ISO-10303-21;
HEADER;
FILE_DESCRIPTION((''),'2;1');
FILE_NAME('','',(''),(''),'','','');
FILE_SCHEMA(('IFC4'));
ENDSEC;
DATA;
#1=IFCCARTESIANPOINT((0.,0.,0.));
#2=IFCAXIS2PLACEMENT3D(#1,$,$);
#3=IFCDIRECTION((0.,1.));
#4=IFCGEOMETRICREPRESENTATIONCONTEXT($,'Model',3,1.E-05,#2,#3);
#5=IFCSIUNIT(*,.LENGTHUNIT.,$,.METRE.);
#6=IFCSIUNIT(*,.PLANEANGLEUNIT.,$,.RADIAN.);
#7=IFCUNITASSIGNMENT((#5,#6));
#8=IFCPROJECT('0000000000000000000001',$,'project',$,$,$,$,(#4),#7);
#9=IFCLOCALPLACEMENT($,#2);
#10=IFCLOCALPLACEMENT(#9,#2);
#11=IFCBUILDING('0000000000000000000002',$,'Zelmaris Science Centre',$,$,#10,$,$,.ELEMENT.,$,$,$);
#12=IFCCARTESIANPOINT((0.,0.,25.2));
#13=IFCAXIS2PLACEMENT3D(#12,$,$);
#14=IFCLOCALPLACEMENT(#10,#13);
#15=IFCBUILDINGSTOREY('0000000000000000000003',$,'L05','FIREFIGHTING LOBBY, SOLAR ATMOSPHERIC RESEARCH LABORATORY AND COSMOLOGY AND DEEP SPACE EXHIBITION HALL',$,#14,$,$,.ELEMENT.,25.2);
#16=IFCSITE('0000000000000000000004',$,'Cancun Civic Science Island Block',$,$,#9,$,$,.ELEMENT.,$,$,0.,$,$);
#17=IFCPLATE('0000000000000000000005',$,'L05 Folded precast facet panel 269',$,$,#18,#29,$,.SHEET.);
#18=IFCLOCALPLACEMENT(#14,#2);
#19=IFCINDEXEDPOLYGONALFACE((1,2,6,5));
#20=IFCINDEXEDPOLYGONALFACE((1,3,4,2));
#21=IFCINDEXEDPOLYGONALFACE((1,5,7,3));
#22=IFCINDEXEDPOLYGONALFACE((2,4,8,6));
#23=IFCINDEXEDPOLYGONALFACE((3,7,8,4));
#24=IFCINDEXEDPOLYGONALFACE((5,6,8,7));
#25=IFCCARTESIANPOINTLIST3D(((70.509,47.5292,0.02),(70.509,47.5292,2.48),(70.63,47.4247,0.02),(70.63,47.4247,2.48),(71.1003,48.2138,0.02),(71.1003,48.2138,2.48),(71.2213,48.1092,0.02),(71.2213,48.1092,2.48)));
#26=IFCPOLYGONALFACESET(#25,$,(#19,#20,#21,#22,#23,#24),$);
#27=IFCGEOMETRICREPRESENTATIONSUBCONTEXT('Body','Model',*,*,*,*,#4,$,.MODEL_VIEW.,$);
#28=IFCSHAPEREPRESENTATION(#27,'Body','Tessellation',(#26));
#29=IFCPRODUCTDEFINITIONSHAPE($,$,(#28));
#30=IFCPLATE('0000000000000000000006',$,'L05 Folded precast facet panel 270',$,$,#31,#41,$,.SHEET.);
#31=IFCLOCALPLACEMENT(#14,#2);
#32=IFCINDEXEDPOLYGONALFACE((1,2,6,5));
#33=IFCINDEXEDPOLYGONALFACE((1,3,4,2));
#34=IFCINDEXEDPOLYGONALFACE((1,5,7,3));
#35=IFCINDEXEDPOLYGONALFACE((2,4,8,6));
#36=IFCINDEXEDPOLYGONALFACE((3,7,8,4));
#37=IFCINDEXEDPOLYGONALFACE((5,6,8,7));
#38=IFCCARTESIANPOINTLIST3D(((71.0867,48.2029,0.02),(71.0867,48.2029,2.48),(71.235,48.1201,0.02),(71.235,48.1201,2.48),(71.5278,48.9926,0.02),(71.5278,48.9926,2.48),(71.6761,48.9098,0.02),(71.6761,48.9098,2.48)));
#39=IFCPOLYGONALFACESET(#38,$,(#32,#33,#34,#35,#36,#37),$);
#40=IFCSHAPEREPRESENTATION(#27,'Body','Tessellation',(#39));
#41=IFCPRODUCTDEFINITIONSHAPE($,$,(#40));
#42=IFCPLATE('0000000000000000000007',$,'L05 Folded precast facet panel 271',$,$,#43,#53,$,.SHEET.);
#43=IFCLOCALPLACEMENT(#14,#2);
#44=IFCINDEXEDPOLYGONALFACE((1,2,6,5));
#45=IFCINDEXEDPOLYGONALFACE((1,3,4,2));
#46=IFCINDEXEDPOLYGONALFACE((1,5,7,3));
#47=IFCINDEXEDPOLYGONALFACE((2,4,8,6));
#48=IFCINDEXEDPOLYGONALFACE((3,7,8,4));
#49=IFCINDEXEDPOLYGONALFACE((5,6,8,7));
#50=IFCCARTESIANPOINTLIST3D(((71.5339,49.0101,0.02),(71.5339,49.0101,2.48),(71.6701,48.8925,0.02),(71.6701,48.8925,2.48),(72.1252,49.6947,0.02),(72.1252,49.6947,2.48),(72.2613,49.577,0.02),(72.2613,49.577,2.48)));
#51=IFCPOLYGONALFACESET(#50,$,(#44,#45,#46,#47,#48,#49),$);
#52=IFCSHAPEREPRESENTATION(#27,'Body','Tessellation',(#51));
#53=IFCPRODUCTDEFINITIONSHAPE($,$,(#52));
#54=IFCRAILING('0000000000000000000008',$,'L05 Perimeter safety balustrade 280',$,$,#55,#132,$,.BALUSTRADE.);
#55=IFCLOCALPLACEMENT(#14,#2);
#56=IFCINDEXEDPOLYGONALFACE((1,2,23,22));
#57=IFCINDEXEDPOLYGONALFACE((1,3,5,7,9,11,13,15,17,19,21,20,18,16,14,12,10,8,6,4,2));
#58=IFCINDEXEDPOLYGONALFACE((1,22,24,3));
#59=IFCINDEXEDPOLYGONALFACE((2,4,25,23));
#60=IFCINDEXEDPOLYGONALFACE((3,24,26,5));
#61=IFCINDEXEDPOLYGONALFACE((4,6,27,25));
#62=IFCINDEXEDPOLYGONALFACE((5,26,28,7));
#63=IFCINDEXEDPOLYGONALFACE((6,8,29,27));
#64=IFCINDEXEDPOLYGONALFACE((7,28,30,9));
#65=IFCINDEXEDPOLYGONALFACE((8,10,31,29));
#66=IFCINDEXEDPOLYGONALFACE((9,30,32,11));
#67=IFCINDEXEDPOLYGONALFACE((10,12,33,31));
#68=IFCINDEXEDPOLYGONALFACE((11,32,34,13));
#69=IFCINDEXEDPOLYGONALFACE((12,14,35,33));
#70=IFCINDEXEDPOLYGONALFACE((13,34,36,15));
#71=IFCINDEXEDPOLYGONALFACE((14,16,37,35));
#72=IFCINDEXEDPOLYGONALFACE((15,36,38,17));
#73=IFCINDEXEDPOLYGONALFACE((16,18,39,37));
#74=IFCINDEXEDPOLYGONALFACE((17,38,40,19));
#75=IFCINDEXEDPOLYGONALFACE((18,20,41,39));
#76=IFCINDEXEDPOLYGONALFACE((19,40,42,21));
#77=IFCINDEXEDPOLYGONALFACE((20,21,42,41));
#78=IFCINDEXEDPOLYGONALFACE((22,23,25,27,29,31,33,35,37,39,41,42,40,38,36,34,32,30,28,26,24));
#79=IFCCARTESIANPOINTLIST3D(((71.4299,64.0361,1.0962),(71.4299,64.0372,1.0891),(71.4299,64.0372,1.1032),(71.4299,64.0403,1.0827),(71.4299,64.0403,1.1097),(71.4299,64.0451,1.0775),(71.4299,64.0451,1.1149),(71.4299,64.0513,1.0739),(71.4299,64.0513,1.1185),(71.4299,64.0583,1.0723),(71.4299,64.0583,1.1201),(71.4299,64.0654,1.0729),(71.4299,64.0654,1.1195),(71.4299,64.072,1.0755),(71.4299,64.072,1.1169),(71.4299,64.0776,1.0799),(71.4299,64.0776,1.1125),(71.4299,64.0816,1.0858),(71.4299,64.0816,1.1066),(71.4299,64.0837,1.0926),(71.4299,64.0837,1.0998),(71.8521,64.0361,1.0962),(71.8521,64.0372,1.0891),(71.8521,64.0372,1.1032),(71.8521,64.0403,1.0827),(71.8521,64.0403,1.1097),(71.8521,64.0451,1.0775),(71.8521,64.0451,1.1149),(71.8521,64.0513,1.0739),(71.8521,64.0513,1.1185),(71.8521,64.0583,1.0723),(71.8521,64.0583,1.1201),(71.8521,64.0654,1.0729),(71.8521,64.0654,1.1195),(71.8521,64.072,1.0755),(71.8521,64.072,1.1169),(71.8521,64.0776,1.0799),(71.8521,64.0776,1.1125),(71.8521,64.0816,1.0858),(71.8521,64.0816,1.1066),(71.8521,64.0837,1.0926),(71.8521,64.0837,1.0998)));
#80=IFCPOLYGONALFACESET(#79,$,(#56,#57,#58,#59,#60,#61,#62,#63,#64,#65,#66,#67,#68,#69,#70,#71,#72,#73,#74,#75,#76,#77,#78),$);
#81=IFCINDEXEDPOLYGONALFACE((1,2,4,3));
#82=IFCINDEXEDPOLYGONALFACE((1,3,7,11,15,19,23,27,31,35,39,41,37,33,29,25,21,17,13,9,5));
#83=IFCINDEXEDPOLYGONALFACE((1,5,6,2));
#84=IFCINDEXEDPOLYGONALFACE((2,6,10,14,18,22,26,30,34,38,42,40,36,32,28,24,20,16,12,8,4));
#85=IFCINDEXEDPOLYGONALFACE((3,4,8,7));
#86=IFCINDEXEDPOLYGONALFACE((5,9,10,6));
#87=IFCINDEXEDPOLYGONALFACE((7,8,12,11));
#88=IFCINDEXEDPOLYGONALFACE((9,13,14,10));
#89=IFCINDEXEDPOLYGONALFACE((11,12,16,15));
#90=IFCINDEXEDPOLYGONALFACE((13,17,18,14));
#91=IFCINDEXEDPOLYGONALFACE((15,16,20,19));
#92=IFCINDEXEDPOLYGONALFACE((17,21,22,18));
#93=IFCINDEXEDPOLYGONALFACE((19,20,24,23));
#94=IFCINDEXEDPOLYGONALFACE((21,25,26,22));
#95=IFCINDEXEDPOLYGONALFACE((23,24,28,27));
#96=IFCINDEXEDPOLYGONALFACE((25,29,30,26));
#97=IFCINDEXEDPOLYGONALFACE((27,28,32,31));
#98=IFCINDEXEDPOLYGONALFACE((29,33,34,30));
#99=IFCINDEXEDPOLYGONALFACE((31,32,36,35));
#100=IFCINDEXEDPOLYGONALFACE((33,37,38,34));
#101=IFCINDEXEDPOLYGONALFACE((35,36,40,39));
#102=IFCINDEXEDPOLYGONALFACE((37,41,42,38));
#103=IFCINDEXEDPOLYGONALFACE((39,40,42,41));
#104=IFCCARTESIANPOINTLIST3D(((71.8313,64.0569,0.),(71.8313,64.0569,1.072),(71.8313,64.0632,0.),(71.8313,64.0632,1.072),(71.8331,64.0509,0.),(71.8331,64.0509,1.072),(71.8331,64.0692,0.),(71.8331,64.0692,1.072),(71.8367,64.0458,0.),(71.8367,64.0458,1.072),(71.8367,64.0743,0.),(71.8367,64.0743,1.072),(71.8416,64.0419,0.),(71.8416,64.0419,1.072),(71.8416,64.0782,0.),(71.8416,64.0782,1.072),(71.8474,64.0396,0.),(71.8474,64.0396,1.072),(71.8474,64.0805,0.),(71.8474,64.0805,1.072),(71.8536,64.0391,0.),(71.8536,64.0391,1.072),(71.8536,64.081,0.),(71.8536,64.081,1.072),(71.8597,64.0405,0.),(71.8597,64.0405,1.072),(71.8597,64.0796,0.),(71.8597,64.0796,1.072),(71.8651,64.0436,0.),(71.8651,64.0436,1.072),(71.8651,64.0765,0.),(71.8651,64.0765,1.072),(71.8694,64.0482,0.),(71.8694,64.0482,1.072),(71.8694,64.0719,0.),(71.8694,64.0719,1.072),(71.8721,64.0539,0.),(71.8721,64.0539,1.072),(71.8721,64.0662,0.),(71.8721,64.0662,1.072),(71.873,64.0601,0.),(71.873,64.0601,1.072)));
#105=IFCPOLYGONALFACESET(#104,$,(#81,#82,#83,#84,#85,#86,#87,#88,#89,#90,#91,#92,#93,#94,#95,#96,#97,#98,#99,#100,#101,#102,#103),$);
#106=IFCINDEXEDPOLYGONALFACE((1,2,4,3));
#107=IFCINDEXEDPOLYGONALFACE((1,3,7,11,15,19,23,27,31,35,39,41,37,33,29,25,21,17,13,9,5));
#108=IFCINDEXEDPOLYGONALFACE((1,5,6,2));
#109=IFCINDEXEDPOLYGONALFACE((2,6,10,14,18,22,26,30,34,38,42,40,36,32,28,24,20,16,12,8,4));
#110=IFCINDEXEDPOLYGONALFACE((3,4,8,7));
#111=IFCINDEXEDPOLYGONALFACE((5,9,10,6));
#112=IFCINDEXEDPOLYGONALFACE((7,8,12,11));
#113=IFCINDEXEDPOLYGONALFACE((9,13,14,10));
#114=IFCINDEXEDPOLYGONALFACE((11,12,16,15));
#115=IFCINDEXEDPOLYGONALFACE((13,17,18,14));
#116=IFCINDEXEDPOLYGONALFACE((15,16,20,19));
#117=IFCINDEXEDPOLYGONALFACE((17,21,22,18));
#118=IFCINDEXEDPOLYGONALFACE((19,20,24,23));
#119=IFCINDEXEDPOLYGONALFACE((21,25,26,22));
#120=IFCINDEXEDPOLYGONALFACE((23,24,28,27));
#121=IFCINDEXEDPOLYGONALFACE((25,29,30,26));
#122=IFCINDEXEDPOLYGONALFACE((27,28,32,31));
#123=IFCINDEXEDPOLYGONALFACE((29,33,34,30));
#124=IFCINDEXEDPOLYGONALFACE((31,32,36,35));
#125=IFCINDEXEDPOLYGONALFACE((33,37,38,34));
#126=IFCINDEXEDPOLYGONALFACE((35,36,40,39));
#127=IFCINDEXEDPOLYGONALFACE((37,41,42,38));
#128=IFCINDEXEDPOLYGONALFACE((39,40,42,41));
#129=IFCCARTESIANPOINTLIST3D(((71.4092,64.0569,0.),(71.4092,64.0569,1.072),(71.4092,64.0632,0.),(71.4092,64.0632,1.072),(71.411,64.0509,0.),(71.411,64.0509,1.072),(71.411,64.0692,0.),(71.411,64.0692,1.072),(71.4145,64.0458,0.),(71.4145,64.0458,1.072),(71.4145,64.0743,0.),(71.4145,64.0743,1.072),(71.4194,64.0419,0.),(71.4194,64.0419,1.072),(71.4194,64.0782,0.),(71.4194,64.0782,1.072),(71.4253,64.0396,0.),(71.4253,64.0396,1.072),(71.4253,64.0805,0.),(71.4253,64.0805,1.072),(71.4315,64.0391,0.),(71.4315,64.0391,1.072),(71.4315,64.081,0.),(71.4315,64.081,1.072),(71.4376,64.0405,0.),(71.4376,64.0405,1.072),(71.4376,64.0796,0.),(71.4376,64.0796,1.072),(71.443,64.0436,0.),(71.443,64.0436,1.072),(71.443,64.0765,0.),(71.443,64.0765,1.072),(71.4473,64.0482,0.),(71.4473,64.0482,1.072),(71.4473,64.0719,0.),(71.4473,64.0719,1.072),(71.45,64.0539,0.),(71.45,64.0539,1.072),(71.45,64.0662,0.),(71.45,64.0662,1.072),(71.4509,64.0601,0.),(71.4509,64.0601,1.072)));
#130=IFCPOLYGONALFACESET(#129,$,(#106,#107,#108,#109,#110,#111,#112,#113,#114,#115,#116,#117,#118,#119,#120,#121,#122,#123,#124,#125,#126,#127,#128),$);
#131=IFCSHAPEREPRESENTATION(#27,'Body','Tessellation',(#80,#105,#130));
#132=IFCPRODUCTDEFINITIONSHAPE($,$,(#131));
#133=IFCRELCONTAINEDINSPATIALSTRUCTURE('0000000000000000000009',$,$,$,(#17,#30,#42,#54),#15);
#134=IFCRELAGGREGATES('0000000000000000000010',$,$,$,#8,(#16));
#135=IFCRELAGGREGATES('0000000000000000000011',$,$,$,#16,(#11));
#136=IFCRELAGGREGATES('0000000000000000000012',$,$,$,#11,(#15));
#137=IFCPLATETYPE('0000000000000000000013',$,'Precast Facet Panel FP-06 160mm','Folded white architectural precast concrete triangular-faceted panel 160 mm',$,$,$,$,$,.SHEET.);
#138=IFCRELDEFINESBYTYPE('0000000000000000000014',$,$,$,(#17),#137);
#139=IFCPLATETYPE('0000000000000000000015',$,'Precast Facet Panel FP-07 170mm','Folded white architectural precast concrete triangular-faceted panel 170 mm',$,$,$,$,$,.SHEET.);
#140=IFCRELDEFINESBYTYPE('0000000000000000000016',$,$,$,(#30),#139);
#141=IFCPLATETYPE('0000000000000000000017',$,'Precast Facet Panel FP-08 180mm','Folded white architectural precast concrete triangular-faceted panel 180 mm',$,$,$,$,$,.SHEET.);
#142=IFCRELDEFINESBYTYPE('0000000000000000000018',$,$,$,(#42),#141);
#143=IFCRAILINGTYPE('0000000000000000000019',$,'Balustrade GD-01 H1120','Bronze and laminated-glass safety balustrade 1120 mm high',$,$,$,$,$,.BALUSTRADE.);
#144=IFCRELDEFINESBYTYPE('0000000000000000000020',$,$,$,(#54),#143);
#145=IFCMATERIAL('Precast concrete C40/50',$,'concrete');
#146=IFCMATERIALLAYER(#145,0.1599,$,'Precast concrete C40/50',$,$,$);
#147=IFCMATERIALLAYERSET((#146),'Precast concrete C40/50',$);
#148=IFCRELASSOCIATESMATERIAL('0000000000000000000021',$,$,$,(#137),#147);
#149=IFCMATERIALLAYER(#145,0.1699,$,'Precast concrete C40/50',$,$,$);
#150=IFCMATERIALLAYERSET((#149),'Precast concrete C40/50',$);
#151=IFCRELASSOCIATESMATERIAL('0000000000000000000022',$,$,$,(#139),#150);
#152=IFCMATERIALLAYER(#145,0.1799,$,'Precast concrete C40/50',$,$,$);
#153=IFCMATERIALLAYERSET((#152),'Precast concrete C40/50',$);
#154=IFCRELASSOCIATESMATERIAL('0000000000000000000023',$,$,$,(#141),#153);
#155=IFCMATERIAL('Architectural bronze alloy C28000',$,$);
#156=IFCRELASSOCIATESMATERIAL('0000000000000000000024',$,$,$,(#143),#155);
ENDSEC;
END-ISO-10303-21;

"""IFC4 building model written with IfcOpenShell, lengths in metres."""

from ifc_helpers import new_model, si_unit, direction, frame, frame_2d, origin, origin_2d, place, context, subcontext, project, spatial, rectangle, circle, extrude, material, layer, layer_set, type_object, element, save


model = new_model("IFC4")

# Units and contexts
model_context = context("Model", 3, precision=1e-05, world=origin(), true_north=direction((0.0, 1.0)))
body_context = subcontext(model_context, "Body", "Model", "MODEL_VIEW")
ifc_project = project(units=[si_unit("LENGTHUNIT", "METRE"), si_unit("PLANEANGLEUNIT", "RADIAN")], contexts=[model_context])

# Site, building, storey
site_placement = place(None, origin())
site = spatial("IfcSite", under=ifc_project, at=site_placement, Name="Cancun Civic Science Island Block", CompositionType="ELEMENT", RefElevation=0.0)
building_placement = place(site_placement, origin())
building = spatial("IfcBuilding", under=site, at=building_placement, Name="Zelmaris Science Centre", CompositionType="ELEMENT")
storey_placement = place(building_placement, frame((0.0, 0.0, 25.2)))
storey = spatial("IfcBuildingStorey", under=building, at=storey_placement, Name="L05", Description="FIREFIGHTING LOBBY, SOLAR ATMOSPHERIC RESEARCH LABORATORY AND COSMOLOGY AND DEEP SPACE EXHIBITION HALL", CompositionType="ELEMENT", Elevation=25.2)

# Plates
ifc_material_1 = material(Name="Precast concrete C40/50", Category="concrete")
ifc_layer_1 = layer(ifc_material_1, 0.1599, Name="Precast concrete C40/50")
ifc_layer_set_1 = layer_set([ifc_layer_1], Name="Precast concrete C40/50")
plate_type_1 = type_object("IfcPlateType", Name="Precast Facet Panel FP-06 160mm", Description="Folded white architectural precast concrete triangular-faceted panel 160 mm", PredefinedType="SHEET", material=ifc_layer_set_1)
plate_1_placement = place(storey_placement, frame((70.5696, 47.4771, 0.02), z_axis=(0.0, 0.0, 1.0), x_axis=(0.653676, 0.756774, 0.0)))
element("IfcPlate", 1, at=plate_1_placement, inside=storey, type_object=plate_type_1, Name="L05 Folded precast facet panel 269", PredefinedType="SHEET", context=body_context, shape_type="SweptSolid", body=[
    extrude(rectangle(XDim=0.9045, YDim=0.1599, at=frame_2d((0.4521, 0.0))), origin(), (0.0, 0.0, 1.0), 2.46),
])
ifc_layer_2 = layer(ifc_material_1, 0.1699, Name="Precast concrete C40/50")
ifc_layer_set_2 = layer_set([ifc_layer_2], Name="Precast concrete C40/50")
plate_type_2 = type_object("IfcPlateType", Name="Precast Facet Panel FP-07 170mm", Description="Folded white architectural precast concrete triangular-faceted panel 170 mm", PredefinedType="SHEET", material=ifc_layer_set_2)
plate_2_placement = place(storey_placement, frame((71.1609, 48.1616, 0.02), z_axis=(0.0, 0.0, 1.0), x_axis=(0.487658, 0.873035, 0.0)))
element("IfcPlate", 2, at=plate_2_placement, inside=storey, type_object=plate_type_2, Name="L05 Folded precast facet panel 270", PredefinedType="SHEET", context=body_context, shape_type="SweptSolid", body=[
    extrude(rectangle(XDim=0.9045, YDim=0.1699, at=frame_2d((0.4521, 0.0))), origin(), (0.0, 0.0, 1.0), 2.46),
])
ifc_layer_3 = layer(ifc_material_1, 0.1799, Name="Precast concrete C40/50")
ifc_layer_set_3 = layer_set([ifc_layer_3], Name="Precast concrete C40/50")
plate_type_3 = type_object("IfcPlateType", Name="Precast Facet Panel FP-08 180mm", Description="Folded white architectural precast concrete triangular-faceted panel 180 mm", PredefinedType="SHEET", material=ifc_layer_set_3)
plate_3_placement = place(storey_placement, frame((71.6021, 48.9514, 0.02), z_axis=(0.0, 0.0, 1.0), x_axis=(0.653676, 0.756774, 0.0)))
element("IfcPlate", 3, at=plate_3_placement, inside=storey, type_object=plate_type_3, Name="L05 Folded precast facet panel 271", PredefinedType="SHEET", context=body_context, shape_type="SweptSolid", body=[
    extrude(rectangle(XDim=0.9045, YDim=0.1799, at=frame_2d((0.4521, 0.0))), origin(), (0.0, 0.0, 1.0), 2.46),
])

# Railing
ifc_material_2 = material(Name="Architectural bronze alloy C28000")
railing_type = type_object("IfcRailingType", Name="Balustrade GD-01 H1120", Description="Bronze and laminated-glass safety balustrade 1120 mm high", PredefinedType="BALUSTRADE", material=ifc_material_2)
railing_1_placement = place(storey_placement, frame((71.8521, 64.0601, 0.0)))
element("IfcRailing", 4, at=railing_1_placement, inside=storey, type_object=railing_type, Name="L05 Perimeter safety balustrade 280", PredefinedType="BALUSTRADE", context=body_context, shape_type="SweptSolid", body=[
    extrude(circle(Radius=0.0239, at=origin_2d()), frame((0.0, 0.0, 1.0962), z_axis=(-1.0, 0.0, 0.0), x_axis=(0.0, -1.0, 0.0)), (0.0, 0.0, 1.0), 0.4221),
    extrude(circle(Radius=0.021, at=origin_2d()), origin(), (0.0, 0.0, 1.0), 1.072),
    extrude(circle(Radius=0.021, at=origin_2d()), frame((-0.4221, 0.0, 0.0)), (0.0, 0.0, 1.0), 1.072),
])

save(model, "model.ifc")
